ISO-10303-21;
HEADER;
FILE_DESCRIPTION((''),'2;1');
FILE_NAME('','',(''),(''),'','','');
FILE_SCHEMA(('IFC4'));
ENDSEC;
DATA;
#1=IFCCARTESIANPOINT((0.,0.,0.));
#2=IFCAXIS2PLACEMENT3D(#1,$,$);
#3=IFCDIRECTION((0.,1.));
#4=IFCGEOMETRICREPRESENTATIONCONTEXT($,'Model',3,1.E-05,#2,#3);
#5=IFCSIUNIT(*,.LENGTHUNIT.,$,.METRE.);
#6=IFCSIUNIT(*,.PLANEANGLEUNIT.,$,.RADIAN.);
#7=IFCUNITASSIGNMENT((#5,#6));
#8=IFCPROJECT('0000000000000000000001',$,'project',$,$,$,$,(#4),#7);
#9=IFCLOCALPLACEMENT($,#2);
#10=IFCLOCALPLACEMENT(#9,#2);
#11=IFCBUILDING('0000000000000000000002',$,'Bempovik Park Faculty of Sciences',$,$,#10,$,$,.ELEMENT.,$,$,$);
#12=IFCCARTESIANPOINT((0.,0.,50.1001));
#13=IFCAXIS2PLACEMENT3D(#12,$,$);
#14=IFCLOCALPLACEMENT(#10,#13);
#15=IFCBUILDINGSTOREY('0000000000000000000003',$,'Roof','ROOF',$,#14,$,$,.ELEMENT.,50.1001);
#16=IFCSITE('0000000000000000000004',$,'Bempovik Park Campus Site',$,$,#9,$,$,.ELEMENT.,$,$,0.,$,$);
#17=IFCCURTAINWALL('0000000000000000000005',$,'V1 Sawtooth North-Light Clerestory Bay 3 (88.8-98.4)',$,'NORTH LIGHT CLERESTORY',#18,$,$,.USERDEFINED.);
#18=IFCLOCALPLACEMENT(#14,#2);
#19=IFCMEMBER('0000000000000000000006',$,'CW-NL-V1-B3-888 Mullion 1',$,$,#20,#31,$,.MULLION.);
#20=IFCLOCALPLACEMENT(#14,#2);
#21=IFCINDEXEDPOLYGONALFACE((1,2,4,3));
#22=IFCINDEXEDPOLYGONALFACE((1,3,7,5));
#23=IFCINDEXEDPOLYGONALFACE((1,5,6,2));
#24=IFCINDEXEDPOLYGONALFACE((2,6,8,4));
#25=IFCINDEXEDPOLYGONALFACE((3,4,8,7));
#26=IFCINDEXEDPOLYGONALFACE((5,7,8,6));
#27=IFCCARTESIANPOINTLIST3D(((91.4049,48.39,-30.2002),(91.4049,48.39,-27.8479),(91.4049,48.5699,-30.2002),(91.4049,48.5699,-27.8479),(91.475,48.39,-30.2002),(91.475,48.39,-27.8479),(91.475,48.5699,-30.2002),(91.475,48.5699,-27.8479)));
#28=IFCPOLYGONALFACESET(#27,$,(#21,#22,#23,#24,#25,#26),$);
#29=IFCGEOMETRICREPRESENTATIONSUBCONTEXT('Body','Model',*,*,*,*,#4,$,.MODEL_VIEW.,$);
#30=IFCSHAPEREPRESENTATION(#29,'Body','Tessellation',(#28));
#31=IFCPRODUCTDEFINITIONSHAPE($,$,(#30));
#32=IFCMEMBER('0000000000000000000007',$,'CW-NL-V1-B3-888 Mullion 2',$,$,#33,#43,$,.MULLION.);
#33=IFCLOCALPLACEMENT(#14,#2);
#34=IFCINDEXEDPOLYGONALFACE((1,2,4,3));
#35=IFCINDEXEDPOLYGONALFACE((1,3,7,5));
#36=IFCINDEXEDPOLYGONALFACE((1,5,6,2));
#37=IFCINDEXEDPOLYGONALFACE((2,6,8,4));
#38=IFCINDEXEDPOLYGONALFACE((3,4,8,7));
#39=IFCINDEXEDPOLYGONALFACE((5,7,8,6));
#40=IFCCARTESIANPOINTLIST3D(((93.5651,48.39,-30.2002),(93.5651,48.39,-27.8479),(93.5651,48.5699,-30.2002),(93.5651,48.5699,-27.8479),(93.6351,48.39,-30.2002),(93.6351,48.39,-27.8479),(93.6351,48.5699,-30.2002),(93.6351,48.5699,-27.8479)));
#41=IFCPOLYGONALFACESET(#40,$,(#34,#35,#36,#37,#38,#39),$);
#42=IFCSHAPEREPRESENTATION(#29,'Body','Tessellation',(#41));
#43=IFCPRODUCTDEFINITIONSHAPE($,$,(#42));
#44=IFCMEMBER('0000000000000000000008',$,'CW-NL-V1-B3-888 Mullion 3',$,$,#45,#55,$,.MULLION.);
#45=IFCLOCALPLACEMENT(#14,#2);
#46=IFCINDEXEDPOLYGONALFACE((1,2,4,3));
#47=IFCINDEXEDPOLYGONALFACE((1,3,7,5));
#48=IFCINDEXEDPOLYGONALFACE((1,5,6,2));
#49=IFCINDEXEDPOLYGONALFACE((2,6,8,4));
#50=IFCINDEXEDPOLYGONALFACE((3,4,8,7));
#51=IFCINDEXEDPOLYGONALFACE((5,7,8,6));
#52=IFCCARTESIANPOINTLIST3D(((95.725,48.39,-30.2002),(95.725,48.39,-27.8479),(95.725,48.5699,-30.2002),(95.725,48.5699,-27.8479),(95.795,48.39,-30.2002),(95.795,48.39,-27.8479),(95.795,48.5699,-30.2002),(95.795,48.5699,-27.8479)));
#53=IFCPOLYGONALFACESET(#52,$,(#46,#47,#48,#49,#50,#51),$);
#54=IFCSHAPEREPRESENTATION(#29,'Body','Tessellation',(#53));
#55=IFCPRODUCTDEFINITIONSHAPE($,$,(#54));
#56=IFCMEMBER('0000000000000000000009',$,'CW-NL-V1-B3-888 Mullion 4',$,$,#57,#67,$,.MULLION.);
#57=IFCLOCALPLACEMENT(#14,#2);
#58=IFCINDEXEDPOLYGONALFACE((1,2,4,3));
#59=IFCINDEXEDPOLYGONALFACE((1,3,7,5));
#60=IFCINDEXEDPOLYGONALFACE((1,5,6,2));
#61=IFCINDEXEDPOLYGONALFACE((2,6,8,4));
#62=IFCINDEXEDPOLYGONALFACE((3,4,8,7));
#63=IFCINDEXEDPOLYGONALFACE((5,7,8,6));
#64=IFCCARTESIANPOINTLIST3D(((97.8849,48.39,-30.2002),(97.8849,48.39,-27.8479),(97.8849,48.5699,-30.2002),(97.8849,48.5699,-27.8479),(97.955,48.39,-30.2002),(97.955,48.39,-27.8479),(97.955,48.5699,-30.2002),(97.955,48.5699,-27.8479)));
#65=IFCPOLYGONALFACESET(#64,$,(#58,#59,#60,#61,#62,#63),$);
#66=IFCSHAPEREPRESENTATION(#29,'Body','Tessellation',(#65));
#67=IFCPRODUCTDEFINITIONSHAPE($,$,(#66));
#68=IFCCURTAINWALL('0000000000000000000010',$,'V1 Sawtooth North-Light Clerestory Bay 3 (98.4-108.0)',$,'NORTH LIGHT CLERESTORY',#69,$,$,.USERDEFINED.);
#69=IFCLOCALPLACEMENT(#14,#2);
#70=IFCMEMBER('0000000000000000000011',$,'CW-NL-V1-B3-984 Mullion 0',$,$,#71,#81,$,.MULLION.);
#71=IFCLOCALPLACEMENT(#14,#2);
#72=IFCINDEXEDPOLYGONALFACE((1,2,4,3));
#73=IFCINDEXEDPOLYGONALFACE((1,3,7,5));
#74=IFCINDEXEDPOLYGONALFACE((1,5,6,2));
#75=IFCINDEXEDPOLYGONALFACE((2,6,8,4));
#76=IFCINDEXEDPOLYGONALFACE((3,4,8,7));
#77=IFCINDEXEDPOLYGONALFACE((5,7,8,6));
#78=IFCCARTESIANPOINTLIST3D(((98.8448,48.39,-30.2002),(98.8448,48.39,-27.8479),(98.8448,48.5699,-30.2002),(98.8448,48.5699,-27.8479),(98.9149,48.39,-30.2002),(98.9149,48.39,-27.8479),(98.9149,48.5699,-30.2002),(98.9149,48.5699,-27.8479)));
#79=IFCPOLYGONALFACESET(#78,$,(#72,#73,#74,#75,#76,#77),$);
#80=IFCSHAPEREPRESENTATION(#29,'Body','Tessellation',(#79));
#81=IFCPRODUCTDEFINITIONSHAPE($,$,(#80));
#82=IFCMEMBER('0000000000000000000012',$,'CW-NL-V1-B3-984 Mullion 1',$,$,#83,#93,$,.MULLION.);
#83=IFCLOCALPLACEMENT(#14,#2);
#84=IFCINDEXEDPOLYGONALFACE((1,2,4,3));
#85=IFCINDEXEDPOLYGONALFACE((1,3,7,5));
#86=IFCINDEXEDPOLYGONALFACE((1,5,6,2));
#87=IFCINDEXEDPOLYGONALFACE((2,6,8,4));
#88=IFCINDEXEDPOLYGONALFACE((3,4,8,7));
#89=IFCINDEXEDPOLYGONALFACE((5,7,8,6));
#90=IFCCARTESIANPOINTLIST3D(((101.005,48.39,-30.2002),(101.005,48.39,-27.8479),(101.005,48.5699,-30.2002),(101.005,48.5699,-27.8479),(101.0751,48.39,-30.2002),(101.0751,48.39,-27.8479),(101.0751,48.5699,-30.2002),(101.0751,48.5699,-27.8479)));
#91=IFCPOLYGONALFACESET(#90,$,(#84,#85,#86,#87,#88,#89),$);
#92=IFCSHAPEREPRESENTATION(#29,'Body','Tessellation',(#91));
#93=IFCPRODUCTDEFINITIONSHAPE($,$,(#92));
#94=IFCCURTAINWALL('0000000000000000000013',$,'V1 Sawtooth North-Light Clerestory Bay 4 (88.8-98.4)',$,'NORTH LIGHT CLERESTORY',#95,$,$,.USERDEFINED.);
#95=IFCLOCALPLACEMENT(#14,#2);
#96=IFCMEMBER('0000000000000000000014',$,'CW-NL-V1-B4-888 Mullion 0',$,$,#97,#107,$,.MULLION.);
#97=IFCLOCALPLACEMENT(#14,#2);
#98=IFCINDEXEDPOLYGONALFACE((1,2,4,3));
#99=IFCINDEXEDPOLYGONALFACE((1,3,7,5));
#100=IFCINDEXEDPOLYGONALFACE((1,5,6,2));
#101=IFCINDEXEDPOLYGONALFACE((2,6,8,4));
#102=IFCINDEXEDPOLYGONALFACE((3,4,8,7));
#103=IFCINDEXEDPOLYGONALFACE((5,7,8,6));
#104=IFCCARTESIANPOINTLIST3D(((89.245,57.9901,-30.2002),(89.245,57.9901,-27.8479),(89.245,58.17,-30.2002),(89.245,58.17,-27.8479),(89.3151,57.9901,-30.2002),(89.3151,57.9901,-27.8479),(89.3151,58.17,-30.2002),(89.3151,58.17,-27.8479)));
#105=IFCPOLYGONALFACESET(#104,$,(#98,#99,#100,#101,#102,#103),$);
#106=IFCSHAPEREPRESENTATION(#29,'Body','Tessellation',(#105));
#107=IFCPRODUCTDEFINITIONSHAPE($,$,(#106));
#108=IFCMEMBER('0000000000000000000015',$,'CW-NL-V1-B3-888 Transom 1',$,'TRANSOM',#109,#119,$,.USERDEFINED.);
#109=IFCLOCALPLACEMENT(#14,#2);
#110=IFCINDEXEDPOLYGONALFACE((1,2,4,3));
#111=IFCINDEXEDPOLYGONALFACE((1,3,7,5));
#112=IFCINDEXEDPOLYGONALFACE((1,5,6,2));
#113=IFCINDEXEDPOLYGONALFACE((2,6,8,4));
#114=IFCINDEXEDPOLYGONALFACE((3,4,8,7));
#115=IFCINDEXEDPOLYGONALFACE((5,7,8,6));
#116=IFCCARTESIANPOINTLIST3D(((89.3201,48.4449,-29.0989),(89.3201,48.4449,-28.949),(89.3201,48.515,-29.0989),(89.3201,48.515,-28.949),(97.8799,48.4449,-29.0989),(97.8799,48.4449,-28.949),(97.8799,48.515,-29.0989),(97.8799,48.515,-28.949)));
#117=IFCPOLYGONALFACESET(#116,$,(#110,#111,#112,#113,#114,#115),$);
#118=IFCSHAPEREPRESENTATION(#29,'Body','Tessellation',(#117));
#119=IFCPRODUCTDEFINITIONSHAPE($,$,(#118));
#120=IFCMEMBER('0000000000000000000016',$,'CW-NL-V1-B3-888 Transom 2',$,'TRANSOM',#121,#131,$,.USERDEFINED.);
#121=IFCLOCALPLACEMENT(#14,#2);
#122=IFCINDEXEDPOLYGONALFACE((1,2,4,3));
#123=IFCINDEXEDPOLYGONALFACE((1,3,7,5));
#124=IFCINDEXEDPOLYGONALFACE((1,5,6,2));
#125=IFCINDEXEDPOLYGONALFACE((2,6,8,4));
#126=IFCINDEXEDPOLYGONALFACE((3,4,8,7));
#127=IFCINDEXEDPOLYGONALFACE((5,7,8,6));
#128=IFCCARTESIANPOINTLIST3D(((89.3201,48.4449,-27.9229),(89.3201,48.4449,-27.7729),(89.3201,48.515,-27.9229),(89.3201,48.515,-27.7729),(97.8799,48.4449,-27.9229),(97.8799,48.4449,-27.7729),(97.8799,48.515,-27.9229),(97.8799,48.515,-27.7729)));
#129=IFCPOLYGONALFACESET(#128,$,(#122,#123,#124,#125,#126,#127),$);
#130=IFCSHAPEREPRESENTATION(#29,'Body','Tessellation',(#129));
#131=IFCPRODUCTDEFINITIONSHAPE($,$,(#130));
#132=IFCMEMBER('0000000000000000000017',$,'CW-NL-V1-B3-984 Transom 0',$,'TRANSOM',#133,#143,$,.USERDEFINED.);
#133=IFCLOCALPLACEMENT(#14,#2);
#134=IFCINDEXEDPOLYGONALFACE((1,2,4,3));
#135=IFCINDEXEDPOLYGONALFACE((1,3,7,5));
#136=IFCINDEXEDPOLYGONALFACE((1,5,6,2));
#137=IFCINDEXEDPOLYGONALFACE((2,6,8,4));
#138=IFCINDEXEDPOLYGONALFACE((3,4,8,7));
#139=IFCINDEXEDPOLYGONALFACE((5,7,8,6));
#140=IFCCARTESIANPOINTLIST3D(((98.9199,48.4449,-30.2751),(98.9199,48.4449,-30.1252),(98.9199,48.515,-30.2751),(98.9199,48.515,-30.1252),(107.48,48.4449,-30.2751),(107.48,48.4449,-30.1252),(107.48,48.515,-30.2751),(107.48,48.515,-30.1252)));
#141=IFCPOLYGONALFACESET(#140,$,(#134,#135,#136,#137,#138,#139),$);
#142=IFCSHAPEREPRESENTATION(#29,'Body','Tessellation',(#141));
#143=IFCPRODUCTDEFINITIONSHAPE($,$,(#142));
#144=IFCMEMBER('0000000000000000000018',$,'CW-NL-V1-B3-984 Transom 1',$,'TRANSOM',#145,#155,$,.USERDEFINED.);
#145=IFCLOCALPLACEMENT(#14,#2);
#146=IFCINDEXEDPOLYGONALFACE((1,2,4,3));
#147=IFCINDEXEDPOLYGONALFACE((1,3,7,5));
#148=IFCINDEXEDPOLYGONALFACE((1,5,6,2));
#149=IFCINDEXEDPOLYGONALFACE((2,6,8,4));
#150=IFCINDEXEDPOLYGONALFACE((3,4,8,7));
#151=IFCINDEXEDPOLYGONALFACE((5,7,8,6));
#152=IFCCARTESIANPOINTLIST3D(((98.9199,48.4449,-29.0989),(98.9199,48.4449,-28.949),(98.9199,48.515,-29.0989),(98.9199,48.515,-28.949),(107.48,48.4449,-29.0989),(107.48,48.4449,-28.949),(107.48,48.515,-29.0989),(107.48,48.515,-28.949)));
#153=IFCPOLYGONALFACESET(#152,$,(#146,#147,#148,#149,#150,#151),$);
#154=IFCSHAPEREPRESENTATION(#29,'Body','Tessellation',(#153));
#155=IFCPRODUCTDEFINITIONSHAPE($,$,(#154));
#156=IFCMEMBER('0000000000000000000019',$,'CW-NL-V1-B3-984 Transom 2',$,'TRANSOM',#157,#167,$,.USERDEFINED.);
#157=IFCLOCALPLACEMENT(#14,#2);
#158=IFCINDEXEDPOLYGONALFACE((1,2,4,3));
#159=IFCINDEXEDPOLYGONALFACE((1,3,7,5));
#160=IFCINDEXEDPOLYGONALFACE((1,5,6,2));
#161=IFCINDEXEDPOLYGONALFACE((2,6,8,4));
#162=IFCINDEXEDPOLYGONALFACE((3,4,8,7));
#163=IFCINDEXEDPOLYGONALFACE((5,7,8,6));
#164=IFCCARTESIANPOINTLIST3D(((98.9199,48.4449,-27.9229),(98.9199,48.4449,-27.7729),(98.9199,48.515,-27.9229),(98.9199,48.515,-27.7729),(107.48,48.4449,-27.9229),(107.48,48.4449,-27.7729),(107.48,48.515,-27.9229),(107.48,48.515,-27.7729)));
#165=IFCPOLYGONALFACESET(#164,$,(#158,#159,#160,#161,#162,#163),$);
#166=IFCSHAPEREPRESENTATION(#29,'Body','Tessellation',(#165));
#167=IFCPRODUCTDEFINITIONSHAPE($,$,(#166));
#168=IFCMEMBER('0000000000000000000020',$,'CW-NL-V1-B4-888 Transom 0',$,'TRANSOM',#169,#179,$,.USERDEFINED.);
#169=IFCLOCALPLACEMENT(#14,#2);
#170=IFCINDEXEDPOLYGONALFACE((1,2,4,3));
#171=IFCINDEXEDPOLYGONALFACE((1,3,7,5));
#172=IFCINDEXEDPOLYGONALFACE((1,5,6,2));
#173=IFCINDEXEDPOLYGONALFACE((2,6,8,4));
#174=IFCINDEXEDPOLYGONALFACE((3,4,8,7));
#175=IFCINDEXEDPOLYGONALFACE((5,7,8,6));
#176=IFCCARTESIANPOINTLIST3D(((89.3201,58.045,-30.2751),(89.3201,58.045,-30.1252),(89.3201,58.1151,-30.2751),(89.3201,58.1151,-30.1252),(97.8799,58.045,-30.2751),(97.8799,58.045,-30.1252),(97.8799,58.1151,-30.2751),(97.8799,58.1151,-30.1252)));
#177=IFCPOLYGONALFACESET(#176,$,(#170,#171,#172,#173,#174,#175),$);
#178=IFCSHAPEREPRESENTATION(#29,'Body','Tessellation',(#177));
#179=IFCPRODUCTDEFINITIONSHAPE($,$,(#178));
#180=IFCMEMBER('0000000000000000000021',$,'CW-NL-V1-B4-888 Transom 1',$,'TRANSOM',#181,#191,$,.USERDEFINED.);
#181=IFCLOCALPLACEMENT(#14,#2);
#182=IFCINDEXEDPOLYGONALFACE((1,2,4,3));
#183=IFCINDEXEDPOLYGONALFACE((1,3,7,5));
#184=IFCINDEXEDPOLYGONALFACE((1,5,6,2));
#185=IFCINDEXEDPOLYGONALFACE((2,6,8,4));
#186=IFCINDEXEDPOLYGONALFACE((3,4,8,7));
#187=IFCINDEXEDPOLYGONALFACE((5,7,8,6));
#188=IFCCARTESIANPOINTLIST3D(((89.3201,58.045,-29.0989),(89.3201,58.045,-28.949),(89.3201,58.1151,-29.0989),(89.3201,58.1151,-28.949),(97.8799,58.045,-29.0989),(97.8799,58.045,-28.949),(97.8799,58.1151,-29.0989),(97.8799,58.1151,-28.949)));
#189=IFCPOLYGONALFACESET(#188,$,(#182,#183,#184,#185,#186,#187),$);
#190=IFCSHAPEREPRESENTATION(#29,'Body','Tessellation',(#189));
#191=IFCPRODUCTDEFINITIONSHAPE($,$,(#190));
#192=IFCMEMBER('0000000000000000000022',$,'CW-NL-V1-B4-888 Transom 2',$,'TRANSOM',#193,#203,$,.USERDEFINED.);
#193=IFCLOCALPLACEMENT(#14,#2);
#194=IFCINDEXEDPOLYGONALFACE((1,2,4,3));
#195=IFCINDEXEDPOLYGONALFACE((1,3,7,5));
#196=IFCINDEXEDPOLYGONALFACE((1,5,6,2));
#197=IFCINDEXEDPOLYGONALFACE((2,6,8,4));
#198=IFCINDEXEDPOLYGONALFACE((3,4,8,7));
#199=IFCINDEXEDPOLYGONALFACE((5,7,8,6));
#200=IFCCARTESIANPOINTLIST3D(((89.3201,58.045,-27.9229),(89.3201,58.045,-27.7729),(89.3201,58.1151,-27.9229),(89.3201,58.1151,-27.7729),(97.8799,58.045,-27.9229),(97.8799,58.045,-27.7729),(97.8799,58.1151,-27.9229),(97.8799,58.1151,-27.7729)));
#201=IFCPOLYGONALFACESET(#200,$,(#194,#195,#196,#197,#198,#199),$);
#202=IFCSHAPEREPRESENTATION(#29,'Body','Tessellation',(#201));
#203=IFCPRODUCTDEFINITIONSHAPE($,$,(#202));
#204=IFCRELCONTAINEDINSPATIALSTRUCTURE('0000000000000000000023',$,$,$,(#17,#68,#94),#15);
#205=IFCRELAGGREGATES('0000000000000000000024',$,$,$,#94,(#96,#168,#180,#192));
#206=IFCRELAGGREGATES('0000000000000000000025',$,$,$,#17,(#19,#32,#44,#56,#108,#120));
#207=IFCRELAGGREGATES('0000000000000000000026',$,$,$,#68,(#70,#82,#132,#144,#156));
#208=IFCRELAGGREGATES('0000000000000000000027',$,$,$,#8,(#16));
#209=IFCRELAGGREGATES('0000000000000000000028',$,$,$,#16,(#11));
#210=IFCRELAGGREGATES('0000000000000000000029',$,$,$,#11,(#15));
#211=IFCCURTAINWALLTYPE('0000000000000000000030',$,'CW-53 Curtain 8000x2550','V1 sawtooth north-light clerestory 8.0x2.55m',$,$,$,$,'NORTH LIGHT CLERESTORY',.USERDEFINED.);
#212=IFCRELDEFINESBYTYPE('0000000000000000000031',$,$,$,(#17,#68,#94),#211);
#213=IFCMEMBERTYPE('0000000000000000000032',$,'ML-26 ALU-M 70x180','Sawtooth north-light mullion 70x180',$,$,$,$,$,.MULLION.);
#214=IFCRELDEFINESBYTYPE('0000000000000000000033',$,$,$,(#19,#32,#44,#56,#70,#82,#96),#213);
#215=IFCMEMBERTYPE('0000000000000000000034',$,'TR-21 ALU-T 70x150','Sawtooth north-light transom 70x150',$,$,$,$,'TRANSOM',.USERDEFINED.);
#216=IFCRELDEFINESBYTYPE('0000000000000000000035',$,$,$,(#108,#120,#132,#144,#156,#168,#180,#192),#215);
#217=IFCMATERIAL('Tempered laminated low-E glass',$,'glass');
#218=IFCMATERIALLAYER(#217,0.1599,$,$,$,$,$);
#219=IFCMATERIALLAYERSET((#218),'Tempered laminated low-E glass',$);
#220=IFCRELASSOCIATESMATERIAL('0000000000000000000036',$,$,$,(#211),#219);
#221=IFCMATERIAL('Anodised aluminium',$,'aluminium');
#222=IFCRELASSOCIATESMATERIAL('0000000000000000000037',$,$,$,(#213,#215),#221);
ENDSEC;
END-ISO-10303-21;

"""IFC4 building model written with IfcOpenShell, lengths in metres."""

from ifc_helpers import new_model, si_unit, direction, frame, origin, origin_2d, place, context, subcontext, project, spatial, rectangle, extrude, material, layer, layer_set, material_profile, profile_set, type_object, element, aggregate, save


model = new_model("IFC4")

# Units and contexts
model_context = context("Model", 3, precision=1e-05, world=origin(), true_north=direction((0.0, 1.0)))
body_context = subcontext(model_context, "Body", "Model", "MODEL_VIEW")
ifc_project = project(units=[si_unit("LENGTHUNIT", "METRE"), si_unit("PLANEANGLEUNIT", "RADIAN")], contexts=[model_context])

# Site, building, storey
site_placement = place(None, origin())
site = spatial("IfcSite", under=ifc_project, at=site_placement, Name="Bempovik Park Campus Site", CompositionType="ELEMENT", RefElevation=0.0)
building_placement = place(site_placement, origin())
building = spatial("IfcBuilding", under=site, at=building_placement, Name="Bempovik Park Faculty of Sciences", CompositionType="ELEMENT")
storey_placement = place(building_placement, frame((0.0, 0.0, 50.1001)))
storey = spatial("IfcBuildingStorey", under=building, at=storey_placement, Name="Roof", Description="ROOF", CompositionType="ELEMENT", Elevation=50.1001)

# Curtain walls, members
ifc_material_1 = material(Name="Tempered laminated low-E glass", Category="glass")
ifc_layer_1 = layer(ifc_material_1, 0.1599)
ifc_layer_set_1 = layer_set([ifc_layer_1], Name="Tempered laminated low-E glass")
curtain_wall_type = type_object("IfcCurtainWallType", Name="CW-53 Curtain 8000x2550", Description="V1 sawtooth north-light clerestory 8.0x2.55m", ElementType="NORTH LIGHT CLERESTORY", PredefinedType="USERDEFINED", material=ifc_layer_set_1)
curtain_wall_1_placement = place(storey_placement, origin())
curtain_wall_1 = element("IfcCurtainWall", 1, at=curtain_wall_1_placement, inside=storey, type_object=curtain_wall_type, Name="V1 Sawtooth North-Light Clerestory Bay 3 (88.8-98.4)", ObjectType="NORTH LIGHT CLERESTORY", PredefinedType="USERDEFINED")
ifc_material_2 = material(Name="Anodised aluminium", Category="aluminium")
ifc_material_profile_1 = material_profile(ifc_material_2, rectangle(XDim=0.0701, YDim=0.1799, at=origin_2d()), Name="ALU-M 70x180")
ifc_profile_set_1 = profile_set([ifc_material_profile_1], Name="Anodised aluminium")
member_type_1 = type_object("IfcMemberType", Name="ML-26 ALU-M 70x180", Description="Sawtooth north-light mullion 70x180", PredefinedType="MULLION", material=ifc_profile_set_1)
member_1_placement = place(storey_placement, frame((91.4399, 48.48, -30.2002), z_axis=(0.0, 0.0, 1.0), x_axis=(1.0, 0.0, 0.0)))
member_1 = element("IfcMember", 2, at=member_1_placement, type_object=member_type_1, Name="CW-NL-V1-B3-888 Mullion 1", PredefinedType="MULLION", context=body_context, shape_type="SweptSolid", body=[
    extrude(rectangle(XDim=0.0701, YDim=0.1799, at=origin_2d()), origin(), (0.0, 0.0, 1.0), 2.3523),
])
member_2_placement = place(storey_placement, frame((93.6001, 48.48, -30.2002), z_axis=(0.0, 0.0, 1.0), x_axis=(1.0, 0.0, 0.0)))
member_2 = element("IfcMember", 3, at=member_2_placement, type_object=member_type_1, Name="CW-NL-V1-B3-888 Mullion 2", PredefinedType="MULLION", context=body_context, shape_type="SweptSolid", body=[
    extrude(rectangle(XDim=0.0701, YDim=0.1799, at=origin_2d()), origin(), (0.0, 0.0, 1.0), 2.3523),
])
member_3_placement = place(storey_placement, frame((95.76, 48.48, -30.2002), z_axis=(0.0, 0.0, 1.0), x_axis=(1.0, 0.0, 0.0)))
member_3 = element("IfcMember", 4, at=member_3_placement, type_object=member_type_1, Name="CW-NL-V1-B3-888 Mullion 3", PredefinedType="MULLION", context=body_context, shape_type="SweptSolid", body=[
    extrude(rectangle(XDim=0.0701, YDim=0.1799, at=origin_2d()), origin(), (0.0, 0.0, 1.0), 2.3523),
])
member_4_placement = place(storey_placement, frame((97.9199, 48.48, -30.2002), z_axis=(0.0, 0.0, 1.0), x_axis=(1.0, 0.0, 0.0)))
member_4 = element("IfcMember", 5, at=member_4_placement, type_object=member_type_1, Name="CW-NL-V1-B3-888 Mullion 4", PredefinedType="MULLION", context=body_context, shape_type="SweptSolid", body=[
    extrude(rectangle(XDim=0.0701, YDim=0.1799, at=origin_2d()), origin(), (0.0, 0.0, 1.0), 2.3523),
])
curtain_wall_2_placement = place(storey_placement, origin())
curtain_wall_2 = element("IfcCurtainWall", 6, at=curtain_wall_2_placement, inside=storey, type_object=curtain_wall_type, Name="V1 Sawtooth North-Light Clerestory Bay 3 (98.4-108.0)", ObjectType="NORTH LIGHT CLERESTORY", PredefinedType="USERDEFINED")
member_5_placement = place(storey_placement, frame((98.8799, 48.48, -30.2002), z_axis=(0.0, 0.0, 1.0), x_axis=(1.0, 0.0, 0.0)))
member_5 = element("IfcMember", 7, at=member_5_placement, type_object=member_type_1, Name="CW-NL-V1-B3-984 Mullion 0", PredefinedType="MULLION", context=body_context, shape_type="SweptSolid", body=[
    extrude(rectangle(XDim=0.0701, YDim=0.1799, at=origin_2d()), origin(), (0.0, 0.0, 1.0), 2.3523),
])
member_6_placement = place(storey_placement, frame((101.04, 48.48, -30.2002), z_axis=(0.0, 0.0, 1.0), x_axis=(1.0, 0.0, 0.0)))
member_6 = element("IfcMember", 8, at=member_6_placement, type_object=member_type_1, Name="CW-NL-V1-B3-984 Mullion 1", PredefinedType="MULLION", context=body_context, shape_type="SweptSolid", body=[
    extrude(rectangle(XDim=0.0701, YDim=0.1799, at=origin_2d()), origin(), (0.0, 0.0, 1.0), 2.3523),
])

# Curtain wall, member
curtain_wall_3_placement = place(storey_placement, origin())
curtain_wall_3 = element("IfcCurtainWall", 9, at=curtain_wall_3_placement, inside=storey, type_object=curtain_wall_type, Name="V1 Sawtooth North-Light Clerestory Bay 4 (88.8-98.4)", ObjectType="NORTH LIGHT CLERESTORY", PredefinedType="USERDEFINED")
member_7_placement = place(storey_placement, frame((89.28, 58.0801, -30.2002), z_axis=(0.0, 0.0, 1.0), x_axis=(1.0, 0.0, 0.0)))
member_7 = element("IfcMember", 10, at=member_7_placement, type_object=member_type_1, Name="CW-NL-V1-B4-888 Mullion 0", PredefinedType="MULLION", context=body_context, shape_type="SweptSolid", body=[
    extrude(rectangle(XDim=0.0701, YDim=0.1799, at=origin_2d()), origin(), (0.0, 0.0, 1.0), 2.3523),
])

# Members
ifc_material_profile_2 = material_profile(ifc_material_2, rectangle(XDim=0.0701, YDim=0.1499, at=origin_2d()), Name="ALU-T 70x150")
ifc_profile_set_2 = profile_set([ifc_material_profile_2], Name="Anodised aluminium")
member_type_2 = type_object("IfcMemberType", Name="TR-21 ALU-T 70x150", Description="Sawtooth north-light transom 70x150", ElementType="TRANSOM", PredefinedType="USERDEFINED", material=ifc_profile_set_2)
member_8_placement = place(storey_placement, frame((89.3201, 48.48, -29.0239), z_axis=(1.0, 0.0, 0.0), x_axis=(0.0, 1.0, 0.0)))
member_8 = element("IfcMember", 11, at=member_8_placement, type_object=member_type_2, Name="CW-NL-V1-B3-888 Transom 1", ObjectType="TRANSOM", PredefinedType="USERDEFINED", context=body_context, shape_type="SweptSolid", body=[
    extrude(rectangle(XDim=0.0701, YDim=0.1499, at=origin_2d()), origin(), (0.0, 0.0, 1.0), 8.5598),
])
member_9_placement = place(storey_placement, frame((89.3201, 48.48, -27.8479), z_axis=(1.0, 0.0, 0.0), x_axis=(0.0, 1.0, 0.0)))
member_9 = element("IfcMember", 12, at=member_9_placement, type_object=member_type_2, Name="CW-NL-V1-B3-888 Transom 2", ObjectType="TRANSOM", PredefinedType="USERDEFINED", context=body_context, shape_type="SweptSolid", body=[
    extrude(rectangle(XDim=0.0701, YDim=0.1499, at=origin_2d()), origin(), (0.0, 0.0, 1.0), 8.5598),
])
member_10_placement = place(storey_placement, frame((98.9199, 48.48, -30.2002), z_axis=(1.0, 0.0, 0.0), x_axis=(0.0, 1.0, 0.0)))
member_10 = element("IfcMember", 13, at=member_10_placement, type_object=member_type_2, Name="CW-NL-V1-B3-984 Transom 0", ObjectType="TRANSOM", PredefinedType="USERDEFINED", context=body_context, shape_type="SweptSolid", body=[
    extrude(rectangle(XDim=0.0701, YDim=0.1499, at=origin_2d()), origin(), (0.0, 0.0, 1.0), 8.5601),
])
member_11_placement = place(storey_placement, frame((98.9199, 48.48, -29.0239), z_axis=(1.0, 0.0, 0.0), x_axis=(0.0, 1.0, 0.0)))
member_11 = element("IfcMember", 14, at=member_11_placement, type_object=member_type_2, Name="CW-NL-V1-B3-984 Transom 1", ObjectType="TRANSOM", PredefinedType="USERDEFINED", context=body_context, shape_type="SweptSolid", body=[
    extrude(rectangle(XDim=0.0701, YDim=0.1499, at=origin_2d()), origin(), (0.0, 0.0, 1.0), 8.5601),
])
member_12_placement = place(storey_placement, frame((98.9199, 48.48, -27.8479), z_axis=(1.0, 0.0, 0.0), x_axis=(0.0, 1.0, 0.0)))
member_12 = element("IfcMember", 15, at=member_12_placement, type_object=member_type_2, Name="CW-NL-V1-B3-984 Transom 2", ObjectType="TRANSOM", PredefinedType="USERDEFINED", context=body_context, shape_type="SweptSolid", body=[
    extrude(rectangle(XDim=0.0701, YDim=0.1499, at=origin_2d()), origin(), (0.0, 0.0, 1.0), 8.5601),
])
member_13_placement = place(storey_placement, frame((89.3201, 58.0801, -30.2002), z_axis=(1.0, 0.0, 0.0), x_axis=(0.0, 1.0, 0.0)))
member_13 = element("IfcMember", 16, at=member_13_placement, type_object=member_type_2, Name="CW-NL-V1-B4-888 Transom 0", ObjectType="TRANSOM", PredefinedType="USERDEFINED", context=body_context, shape_type="SweptSolid", body=[
    extrude(rectangle(XDim=0.0701, YDim=0.1499, at=origin_2d()), origin(), (0.0, 0.0, 1.0), 8.5598),
])
member_14_placement = place(storey_placement, frame((89.3201, 58.0801, -29.0239), z_axis=(1.0, 0.0, 0.0), x_axis=(0.0, 1.0, 0.0)))
member_14 = element("IfcMember", 17, at=member_14_placement, type_object=member_type_2, Name="CW-NL-V1-B4-888 Transom 1", ObjectType="TRANSOM", PredefinedType="USERDEFINED", context=body_context, shape_type="SweptSolid", body=[
    extrude(rectangle(XDim=0.0701, YDim=0.1499, at=origin_2d()), origin(), (0.0, 0.0, 1.0), 8.5598),
])
member_15_placement = place(storey_placement, frame((89.3201, 58.0801, -27.8479), z_axis=(1.0, 0.0, 0.0), x_axis=(0.0, 1.0, 0.0)))
member_15 = element("IfcMember", 18, at=member_15_placement, type_object=member_type_2, Name="CW-NL-V1-B4-888 Transom 2", ObjectType="TRANSOM", PredefinedType="USERDEFINED", context=body_context, shape_type="SweptSolid", body=[
    extrude(rectangle(XDim=0.0701, YDim=0.1499, at=origin_2d()), origin(), (0.0, 0.0, 1.0), 8.5598),
])
aggregate(curtain_wall_3, [member_7, member_13, member_14, member_15])

aggregate(curtain_wall_1, [member_1, member_2, member_3, member_4, member_8, member_9])
aggregate(curtain_wall_2, [member_5, member_6, member_10, member_11, member_12])

save(model, "model.ifc")
